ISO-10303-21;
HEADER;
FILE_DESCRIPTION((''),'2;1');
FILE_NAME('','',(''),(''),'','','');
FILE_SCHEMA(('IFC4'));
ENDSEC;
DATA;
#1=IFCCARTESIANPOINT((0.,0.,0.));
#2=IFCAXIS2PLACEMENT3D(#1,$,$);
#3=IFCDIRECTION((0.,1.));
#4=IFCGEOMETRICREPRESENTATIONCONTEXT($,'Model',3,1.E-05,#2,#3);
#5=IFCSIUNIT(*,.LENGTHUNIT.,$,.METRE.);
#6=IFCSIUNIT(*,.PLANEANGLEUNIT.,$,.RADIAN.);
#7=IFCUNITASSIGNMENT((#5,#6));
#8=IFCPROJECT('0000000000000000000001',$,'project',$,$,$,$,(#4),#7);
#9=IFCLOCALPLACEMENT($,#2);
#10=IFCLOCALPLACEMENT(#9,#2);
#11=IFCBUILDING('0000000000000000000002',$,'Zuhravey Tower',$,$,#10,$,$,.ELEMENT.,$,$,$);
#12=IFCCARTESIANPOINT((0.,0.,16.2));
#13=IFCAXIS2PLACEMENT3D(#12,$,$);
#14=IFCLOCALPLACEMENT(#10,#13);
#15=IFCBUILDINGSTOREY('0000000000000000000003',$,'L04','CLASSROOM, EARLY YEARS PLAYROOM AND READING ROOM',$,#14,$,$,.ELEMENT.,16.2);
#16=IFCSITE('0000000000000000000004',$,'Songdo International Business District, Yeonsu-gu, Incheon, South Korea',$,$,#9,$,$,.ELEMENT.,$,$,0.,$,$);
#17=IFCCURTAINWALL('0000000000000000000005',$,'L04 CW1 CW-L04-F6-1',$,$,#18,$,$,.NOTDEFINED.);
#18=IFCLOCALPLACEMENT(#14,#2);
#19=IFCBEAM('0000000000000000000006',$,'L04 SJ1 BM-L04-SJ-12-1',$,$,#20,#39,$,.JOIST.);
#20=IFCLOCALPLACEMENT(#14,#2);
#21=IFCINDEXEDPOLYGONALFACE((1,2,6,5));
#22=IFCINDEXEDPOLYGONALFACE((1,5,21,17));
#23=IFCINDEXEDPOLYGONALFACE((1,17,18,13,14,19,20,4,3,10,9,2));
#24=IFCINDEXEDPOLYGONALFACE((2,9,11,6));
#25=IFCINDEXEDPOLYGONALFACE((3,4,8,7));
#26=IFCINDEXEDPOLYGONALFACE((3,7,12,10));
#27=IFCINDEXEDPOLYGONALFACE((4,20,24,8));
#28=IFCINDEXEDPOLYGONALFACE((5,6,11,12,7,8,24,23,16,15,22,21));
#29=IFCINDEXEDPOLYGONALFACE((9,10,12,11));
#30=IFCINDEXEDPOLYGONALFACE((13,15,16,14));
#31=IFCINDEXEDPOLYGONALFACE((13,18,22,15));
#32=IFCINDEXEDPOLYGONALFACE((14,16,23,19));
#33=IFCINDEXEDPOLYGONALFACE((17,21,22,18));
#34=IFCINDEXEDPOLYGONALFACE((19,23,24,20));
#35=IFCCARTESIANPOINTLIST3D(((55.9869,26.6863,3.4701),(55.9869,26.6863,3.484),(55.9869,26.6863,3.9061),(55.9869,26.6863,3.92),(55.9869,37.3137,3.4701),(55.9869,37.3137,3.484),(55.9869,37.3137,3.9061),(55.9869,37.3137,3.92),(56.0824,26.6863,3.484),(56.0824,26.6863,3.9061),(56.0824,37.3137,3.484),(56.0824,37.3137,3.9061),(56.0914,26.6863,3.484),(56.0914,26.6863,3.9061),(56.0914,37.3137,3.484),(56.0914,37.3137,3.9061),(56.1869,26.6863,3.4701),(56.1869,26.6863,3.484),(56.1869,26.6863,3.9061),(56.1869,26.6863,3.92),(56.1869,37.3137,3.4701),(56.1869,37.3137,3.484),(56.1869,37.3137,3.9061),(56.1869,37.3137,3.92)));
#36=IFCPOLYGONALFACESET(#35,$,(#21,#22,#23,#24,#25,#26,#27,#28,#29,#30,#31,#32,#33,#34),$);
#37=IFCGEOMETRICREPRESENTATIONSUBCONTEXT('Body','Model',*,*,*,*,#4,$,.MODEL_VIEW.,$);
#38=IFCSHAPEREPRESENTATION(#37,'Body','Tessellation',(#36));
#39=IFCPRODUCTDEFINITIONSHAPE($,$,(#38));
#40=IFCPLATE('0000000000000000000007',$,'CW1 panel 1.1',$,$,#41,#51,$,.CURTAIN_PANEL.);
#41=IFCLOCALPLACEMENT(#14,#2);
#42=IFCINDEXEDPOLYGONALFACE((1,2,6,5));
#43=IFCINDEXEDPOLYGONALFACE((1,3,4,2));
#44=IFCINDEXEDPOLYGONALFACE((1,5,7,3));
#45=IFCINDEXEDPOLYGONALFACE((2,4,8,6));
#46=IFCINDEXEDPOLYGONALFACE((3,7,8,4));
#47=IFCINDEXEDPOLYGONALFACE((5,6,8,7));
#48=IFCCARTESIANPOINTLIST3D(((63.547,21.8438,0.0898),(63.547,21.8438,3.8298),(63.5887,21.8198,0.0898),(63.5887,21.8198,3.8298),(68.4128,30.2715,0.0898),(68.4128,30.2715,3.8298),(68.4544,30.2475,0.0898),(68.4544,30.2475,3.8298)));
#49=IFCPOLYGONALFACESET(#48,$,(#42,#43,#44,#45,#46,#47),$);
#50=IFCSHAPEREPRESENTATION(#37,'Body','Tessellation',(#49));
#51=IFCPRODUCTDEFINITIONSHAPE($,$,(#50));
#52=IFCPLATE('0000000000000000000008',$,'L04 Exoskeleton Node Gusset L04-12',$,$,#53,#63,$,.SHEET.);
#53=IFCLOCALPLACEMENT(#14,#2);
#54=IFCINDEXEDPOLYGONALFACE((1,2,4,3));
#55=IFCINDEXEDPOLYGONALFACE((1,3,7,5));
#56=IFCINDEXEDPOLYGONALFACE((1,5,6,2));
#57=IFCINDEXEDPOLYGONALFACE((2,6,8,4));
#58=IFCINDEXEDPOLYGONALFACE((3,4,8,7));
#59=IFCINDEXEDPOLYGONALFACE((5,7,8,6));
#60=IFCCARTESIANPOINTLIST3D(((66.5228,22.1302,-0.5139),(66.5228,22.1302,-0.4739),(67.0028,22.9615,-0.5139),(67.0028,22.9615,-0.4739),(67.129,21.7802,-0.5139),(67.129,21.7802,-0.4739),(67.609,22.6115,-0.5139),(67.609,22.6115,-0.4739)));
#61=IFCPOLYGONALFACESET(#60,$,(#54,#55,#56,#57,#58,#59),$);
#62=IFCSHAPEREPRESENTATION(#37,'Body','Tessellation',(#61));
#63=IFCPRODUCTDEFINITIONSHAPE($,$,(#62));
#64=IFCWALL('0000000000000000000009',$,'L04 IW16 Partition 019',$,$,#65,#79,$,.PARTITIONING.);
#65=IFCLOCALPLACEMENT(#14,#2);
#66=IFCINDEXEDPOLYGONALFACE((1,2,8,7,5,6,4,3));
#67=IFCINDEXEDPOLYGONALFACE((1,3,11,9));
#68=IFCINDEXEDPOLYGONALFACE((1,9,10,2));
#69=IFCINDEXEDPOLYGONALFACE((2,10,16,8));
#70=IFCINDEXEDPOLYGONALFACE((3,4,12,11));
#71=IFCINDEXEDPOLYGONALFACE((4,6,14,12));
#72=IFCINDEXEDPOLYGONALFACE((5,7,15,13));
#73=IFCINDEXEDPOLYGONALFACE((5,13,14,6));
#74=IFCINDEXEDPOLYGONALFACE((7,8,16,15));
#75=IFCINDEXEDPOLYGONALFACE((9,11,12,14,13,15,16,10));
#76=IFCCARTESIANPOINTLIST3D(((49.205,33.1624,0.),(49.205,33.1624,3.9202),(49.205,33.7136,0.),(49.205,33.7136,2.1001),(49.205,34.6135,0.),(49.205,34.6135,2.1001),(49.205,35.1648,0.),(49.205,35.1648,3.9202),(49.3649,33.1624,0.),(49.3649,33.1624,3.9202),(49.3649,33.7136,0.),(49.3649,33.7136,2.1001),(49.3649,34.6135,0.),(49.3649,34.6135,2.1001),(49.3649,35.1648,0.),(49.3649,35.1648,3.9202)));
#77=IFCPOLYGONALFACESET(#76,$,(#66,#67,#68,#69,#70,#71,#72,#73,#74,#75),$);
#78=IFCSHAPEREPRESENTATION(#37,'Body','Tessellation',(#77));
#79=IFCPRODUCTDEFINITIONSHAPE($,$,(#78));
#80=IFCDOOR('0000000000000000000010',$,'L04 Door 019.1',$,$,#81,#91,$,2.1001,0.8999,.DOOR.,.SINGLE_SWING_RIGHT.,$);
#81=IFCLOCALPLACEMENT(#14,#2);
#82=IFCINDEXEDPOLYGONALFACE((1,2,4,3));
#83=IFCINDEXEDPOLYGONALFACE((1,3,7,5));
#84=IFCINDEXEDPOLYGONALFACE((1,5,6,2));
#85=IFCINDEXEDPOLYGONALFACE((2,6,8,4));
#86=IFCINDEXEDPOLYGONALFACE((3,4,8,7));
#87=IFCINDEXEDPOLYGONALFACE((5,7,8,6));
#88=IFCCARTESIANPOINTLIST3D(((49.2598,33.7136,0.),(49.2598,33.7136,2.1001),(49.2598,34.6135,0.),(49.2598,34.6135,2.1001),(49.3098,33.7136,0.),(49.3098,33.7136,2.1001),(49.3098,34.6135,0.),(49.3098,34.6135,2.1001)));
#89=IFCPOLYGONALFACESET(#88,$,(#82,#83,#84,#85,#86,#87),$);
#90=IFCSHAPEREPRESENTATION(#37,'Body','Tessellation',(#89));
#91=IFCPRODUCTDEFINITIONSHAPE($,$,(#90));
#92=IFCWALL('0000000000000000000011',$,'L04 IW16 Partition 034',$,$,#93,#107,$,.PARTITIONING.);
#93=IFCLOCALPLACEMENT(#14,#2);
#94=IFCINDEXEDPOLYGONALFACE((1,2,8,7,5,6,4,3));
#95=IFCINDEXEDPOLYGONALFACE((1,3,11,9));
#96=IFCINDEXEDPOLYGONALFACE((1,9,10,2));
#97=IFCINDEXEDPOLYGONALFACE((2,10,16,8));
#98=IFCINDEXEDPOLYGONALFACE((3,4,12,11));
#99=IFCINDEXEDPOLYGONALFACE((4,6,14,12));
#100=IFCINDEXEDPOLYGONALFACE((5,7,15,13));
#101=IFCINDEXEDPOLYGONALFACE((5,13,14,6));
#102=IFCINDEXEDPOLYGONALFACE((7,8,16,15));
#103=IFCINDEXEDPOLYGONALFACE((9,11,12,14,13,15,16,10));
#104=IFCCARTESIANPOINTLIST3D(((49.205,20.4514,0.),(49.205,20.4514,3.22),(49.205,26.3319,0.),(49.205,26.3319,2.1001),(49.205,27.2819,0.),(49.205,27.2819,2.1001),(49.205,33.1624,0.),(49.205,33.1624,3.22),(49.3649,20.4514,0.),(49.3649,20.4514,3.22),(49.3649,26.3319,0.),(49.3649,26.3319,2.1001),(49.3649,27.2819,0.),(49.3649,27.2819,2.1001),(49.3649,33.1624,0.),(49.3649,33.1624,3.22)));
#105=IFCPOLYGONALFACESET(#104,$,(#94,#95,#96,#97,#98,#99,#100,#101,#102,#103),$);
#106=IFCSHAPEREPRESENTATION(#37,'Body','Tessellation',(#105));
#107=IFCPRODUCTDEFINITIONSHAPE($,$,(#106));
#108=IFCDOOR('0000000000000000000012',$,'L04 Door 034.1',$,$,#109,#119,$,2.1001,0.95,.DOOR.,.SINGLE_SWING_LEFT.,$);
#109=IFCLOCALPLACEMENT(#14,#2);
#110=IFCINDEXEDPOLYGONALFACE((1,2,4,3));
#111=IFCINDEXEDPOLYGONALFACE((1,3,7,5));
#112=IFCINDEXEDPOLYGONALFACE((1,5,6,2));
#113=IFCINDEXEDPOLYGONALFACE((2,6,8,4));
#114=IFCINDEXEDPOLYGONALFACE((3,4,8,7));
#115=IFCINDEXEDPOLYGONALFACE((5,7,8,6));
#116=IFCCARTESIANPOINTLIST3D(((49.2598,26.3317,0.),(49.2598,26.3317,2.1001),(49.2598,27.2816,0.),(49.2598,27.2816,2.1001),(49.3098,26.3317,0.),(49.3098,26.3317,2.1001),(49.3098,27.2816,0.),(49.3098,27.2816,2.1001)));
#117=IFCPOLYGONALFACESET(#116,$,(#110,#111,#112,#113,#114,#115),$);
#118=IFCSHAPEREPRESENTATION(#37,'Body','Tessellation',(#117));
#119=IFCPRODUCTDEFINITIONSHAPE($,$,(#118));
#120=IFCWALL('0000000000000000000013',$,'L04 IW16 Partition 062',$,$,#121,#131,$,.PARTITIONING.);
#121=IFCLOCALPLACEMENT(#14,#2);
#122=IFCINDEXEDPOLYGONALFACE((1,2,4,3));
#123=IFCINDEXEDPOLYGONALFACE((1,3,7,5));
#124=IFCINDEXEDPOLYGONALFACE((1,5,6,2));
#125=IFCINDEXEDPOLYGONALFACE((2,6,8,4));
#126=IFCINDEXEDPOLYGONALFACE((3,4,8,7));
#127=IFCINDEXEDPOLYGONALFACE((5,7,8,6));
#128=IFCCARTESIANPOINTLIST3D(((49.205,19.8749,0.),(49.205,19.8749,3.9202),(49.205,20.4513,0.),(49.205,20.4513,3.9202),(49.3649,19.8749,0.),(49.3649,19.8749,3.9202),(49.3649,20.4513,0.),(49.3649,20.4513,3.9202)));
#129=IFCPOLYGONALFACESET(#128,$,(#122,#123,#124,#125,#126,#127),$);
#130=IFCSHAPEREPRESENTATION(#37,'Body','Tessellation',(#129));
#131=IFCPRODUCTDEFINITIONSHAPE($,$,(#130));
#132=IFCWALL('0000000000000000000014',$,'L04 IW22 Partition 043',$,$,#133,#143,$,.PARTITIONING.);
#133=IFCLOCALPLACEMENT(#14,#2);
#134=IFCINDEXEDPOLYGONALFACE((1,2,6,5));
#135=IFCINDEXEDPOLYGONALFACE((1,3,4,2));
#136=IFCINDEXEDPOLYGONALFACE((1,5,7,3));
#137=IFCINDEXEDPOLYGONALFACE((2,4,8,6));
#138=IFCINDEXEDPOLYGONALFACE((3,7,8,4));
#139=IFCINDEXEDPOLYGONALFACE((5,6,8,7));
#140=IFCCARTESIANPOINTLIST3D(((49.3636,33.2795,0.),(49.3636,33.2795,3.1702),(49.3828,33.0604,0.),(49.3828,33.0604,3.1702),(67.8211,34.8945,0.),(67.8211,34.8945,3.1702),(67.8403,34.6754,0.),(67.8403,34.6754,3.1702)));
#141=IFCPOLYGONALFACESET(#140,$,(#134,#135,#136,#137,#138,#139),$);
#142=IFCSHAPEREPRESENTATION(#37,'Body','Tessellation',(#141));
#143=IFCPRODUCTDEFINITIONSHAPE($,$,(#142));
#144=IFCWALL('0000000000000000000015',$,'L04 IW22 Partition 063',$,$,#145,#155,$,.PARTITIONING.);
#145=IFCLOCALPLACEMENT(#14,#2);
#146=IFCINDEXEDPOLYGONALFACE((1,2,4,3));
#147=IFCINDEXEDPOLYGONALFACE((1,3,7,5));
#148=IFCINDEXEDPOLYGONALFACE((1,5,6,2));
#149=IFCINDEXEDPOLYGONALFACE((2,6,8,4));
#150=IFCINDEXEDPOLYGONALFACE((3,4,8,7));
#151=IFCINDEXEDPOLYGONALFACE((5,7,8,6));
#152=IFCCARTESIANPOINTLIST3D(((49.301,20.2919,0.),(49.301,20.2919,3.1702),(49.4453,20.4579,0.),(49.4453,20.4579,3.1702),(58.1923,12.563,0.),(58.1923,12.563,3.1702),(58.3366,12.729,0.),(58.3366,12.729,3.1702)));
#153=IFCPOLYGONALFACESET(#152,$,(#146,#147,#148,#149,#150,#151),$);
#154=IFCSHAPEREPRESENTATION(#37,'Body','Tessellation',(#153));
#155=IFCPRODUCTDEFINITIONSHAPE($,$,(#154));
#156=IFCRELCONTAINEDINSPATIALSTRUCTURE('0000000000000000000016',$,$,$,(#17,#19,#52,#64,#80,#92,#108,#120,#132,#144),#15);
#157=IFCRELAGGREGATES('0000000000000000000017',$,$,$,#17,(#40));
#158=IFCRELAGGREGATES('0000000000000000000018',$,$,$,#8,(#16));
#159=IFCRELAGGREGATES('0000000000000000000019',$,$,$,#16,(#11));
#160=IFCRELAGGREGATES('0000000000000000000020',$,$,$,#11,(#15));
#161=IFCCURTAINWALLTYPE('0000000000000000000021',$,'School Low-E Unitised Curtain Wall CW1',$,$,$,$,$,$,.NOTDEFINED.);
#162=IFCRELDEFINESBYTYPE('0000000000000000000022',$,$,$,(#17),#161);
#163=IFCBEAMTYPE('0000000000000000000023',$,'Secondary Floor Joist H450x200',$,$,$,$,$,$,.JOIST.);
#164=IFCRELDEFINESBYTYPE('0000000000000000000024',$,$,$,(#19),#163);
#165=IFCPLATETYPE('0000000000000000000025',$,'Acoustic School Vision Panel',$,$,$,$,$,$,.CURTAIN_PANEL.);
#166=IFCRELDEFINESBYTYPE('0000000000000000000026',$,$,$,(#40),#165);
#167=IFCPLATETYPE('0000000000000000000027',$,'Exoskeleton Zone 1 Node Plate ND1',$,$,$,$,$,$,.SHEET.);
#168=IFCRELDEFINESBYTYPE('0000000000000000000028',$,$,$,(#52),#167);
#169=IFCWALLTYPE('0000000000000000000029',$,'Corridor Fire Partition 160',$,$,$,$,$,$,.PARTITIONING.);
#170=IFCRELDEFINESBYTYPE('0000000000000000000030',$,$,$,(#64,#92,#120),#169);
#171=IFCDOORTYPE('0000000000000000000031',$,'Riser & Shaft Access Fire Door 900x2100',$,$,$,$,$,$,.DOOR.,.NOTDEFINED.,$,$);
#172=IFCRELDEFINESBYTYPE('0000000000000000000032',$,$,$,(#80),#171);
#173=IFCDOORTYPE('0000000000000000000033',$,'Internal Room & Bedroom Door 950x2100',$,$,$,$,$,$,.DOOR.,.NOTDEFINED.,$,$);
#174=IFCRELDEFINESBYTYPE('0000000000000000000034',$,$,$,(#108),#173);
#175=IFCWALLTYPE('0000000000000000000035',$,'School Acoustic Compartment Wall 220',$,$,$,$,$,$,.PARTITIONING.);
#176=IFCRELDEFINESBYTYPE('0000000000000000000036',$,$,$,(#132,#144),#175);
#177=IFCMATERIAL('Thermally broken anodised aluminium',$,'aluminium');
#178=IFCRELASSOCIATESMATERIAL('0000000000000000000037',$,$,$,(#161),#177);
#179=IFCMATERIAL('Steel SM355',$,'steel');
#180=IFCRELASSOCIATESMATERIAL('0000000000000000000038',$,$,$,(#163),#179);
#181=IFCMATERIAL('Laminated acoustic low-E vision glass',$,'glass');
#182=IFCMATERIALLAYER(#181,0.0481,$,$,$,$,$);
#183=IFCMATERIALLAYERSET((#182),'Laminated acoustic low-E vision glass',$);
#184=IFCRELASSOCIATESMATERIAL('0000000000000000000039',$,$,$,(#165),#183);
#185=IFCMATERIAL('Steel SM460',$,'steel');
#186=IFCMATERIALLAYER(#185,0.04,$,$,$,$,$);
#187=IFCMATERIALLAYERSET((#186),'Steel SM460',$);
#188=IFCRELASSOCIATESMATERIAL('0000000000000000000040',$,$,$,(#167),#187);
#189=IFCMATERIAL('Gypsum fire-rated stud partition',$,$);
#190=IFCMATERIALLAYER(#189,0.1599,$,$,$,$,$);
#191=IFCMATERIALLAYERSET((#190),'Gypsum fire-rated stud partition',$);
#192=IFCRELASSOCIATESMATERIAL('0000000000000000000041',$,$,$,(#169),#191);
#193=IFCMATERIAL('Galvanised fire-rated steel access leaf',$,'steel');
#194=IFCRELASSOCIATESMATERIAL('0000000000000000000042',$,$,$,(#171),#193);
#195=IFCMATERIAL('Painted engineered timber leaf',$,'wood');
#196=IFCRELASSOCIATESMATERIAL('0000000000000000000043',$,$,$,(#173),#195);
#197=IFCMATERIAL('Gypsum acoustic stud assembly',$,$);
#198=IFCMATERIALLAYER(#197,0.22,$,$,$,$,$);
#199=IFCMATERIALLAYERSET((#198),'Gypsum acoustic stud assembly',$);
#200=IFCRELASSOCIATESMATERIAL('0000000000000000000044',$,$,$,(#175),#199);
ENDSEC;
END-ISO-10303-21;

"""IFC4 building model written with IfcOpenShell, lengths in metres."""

from ifc_helpers import new_model, si_unit, direction, frame, frame_2d, origin, origin_2d, place, context, subcontext, project, spatial, rectangle, i_section, extrude, material, layer, layer_set, material_profile, profile_set, type_object, element, fill, aggregate, save


model = new_model("IFC4")

# Units and contexts
model_context = context("Model", 3, precision=1e-05, world=origin(), true_north=direction((0.0, 1.0)))
body_context = subcontext(model_context, "Body", "Model", "MODEL_VIEW")
ifc_project = project(units=[si_unit("LENGTHUNIT", "METRE"), si_unit("PLANEANGLEUNIT", "RADIAN")], contexts=[model_context])

# Site, building, storey
site_placement = place(None, origin())
site = spatial("IfcSite", under=ifc_project, at=site_placement, Name="Songdo International Business District, Yeonsu-gu, Incheon, South Korea", CompositionType="ELEMENT", RefElevation=0.0)
building_placement = place(site_placement, origin())
building = spatial("IfcBuilding", under=site, at=building_placement, Name="Zuhravey Tower", CompositionType="ELEMENT")
storey_placement = place(building_placement, frame((0.0, 0.0, 16.2)))
storey = spatial("IfcBuildingStorey", under=building, at=storey_placement, Name="L04", Description="CLASSROOM, EARLY YEARS PLAYROOM AND READING ROOM", CompositionType="ELEMENT", Elevation=16.2)

# Curtain wall
ifc_material_1 = material(Name="Thermally broken anodised aluminium", Category="aluminium")
curtain_wall_type = type_object("IfcCurtainWallType", Name="School Low-E Unitised Curtain Wall CW1", PredefinedType="NOTDEFINED", material=ifc_material_1)
curtain_wall_1_placement = place(storey_placement, origin())
curtain_wall_1 = element("IfcCurtainWall", 1, at=curtain_wall_1_placement, inside=storey, type_object=curtain_wall_type, Name="L04 CW1 CW-L04-F6-1", PredefinedType="NOTDEFINED")

# Shared definitions
ifc_material_2 = material(Name="Steel SM460", Category="steel")

# Beam
ifc_material_3 = material(Name="Steel SM355", Category="steel")
ifc_material_profile_1 = material_profile(ifc_material_3, i_section(OverallWidth=0.2, OverallDepth=0.45, WebThickness=0.009, FlangeThickness=0.0139, at=origin_2d()), Name="H-450x200x9x14")
ifc_profile_set_1 = profile_set([ifc_material_profile_1], Name="Steel SM355")
beam_type_1 = type_object("IfcBeamType", Name="Secondary Floor Joist H450x200", PredefinedType="JOIST", material=ifc_profile_set_1)
beam_1_placement = place(storey_placement, frame((56.0869, 26.6863, 3.6951), z_axis=(0.0, 1.0, 0.0), x_axis=(-1.0, 0.0, 0.0)))
element("IfcBeam", 2, at=beam_1_placement, inside=storey, type_object=beam_type_1, Name="L04 SJ1 BM-L04-SJ-12-1", PredefinedType="JOIST", context=body_context, shape_type="SweptSolid", body=[
    extrude(i_section(OverallWidth=0.2, OverallDepth=0.45, WebThickness=0.009, FlangeThickness=0.0139, at=origin_2d()), origin(), (0.0, 0.0, 1.0), 10.6274),
])

# Plates
ifc_material_4 = material(Name="Laminated acoustic low-E vision glass", Category="glass")
ifc_layer_1 = layer(ifc_material_4, 0.0481)
ifc_layer_set_1 = layer_set([ifc_layer_1], Name="Laminated acoustic low-E vision glass")
plate_type_1 = type_object("IfcPlateType", Name="Acoustic School Vision Panel", PredefinedType="CURTAIN_PANEL", material=ifc_layer_set_1)
plate_1_placement = place(storey_placement, frame((66.0007, 26.0457, 0.0898), z_axis=(0.0, 0.0, 1.0), x_axis=(-0.5, -0.866026, 0.0)))
plate_1 = element("IfcPlate", 3, at=plate_1_placement, type_object=plate_type_1, Name="CW1 panel 1.1", PredefinedType="CURTAIN_PANEL", context=body_context, shape_type="SweptSolid", body=[
    extrude(rectangle(XDim=9.7314, YDim=0.0481, at=origin_2d()), origin(), (0.0, 0.0, 1.0), 3.74),
])
aggregate(curtain_wall_1, [plate_1])
ifc_layer_2 = layer(ifc_material_2, 0.04)
ifc_layer_set_2 = layer_set([ifc_layer_2], Name="Steel SM460")
plate_type_2 = type_object("IfcPlateType", Name="Exoskeleton Zone 1 Node Plate ND1", PredefinedType="SHEET", material=ifc_layer_set_2)
plate_2_placement = place(storey_placement, frame((67.0659, 22.3708, -0.5139), z_axis=(0.0, 0.0, 1.0), x_axis=(0.5, 0.866025, 0.0)))
element("IfcPlate", 4, at=plate_2_placement, inside=storey, type_object=plate_type_2, Name="L04 Exoskeleton Node Gusset L04-12", PredefinedType="SHEET", context=body_context, shape_type="SweptSolid", body=[
    extrude(rectangle(XDim=0.96, YDim=0.7, at=origin_2d()), origin(), (0.0, 0.0, 1.0), 0.04),
])

# Walls, openings, doors
ifc_material_5 = material(Name="Gypsum fire-rated stud partition")
ifc_layer_3 = layer(ifc_material_5, 0.1599)
ifc_layer_set_3 = layer_set([ifc_layer_3], Name="Gypsum fire-rated stud partition")
wall_type_1 = type_object("IfcWallType", Name="Corridor Fire Partition 160", PredefinedType="PARTITIONING", material=ifc_layer_set_3)
wall_1_placement = place(storey_placement, frame((49.2849, 33.1624, 0.0), z_axis=(0.0, 0.0, 1.0), x_axis=(0.0, 1.0, 0.0)))
wall_1 = element("IfcWall", 5, at=wall_1_placement, inside=storey, type_object=wall_type_1, Name="L04 IW16 Partition 019", PredefinedType="PARTITIONING", context=body_context, shape_type="SweptSolid", body=[
    extrude(rectangle(XDim=2.0024, YDim=0.1599, at=frame_2d((1.0012, 0.0))), origin(), (0.0, 0.0, 1.0), 3.9202),
])
opening_1_placement = place(wall_1_placement, frame((0.5513, 0.0, 0.0)))
opening_1 = element("IfcOpeningElement", 6, at=opening_1_placement, cuts=wall_1, PredefinedType="OPENING", context=body_context, shape_type="SweptSolid", body=[
    extrude(rectangle(XDim=0.8999, YDim=2.1001, at=frame_2d((0.45, 1.05))), frame((0.0, 0.092, 0.0), z_axis=(0.0, -1.0, 0.0), x_axis=(1.0, 0.0, 0.0)), (0.0, 0.0, 1.0), 0.1838),
])
ifc_material_6 = material(Name="Galvanised fire-rated steel access leaf", Category="steel")
door_type_1 = type_object("IfcDoorType", Name="Riser & Shaft Access Fire Door 900x2100", OperationType="NOTDEFINED", PredefinedType="DOOR", material=ifc_material_6)
door_1_placement = place(opening_1_placement, frame((0.8999, 0.0, 0.0), z_axis=(0.0, 0.0, 1.0), x_axis=(-1.0, 0.0, 0.0)))
door_1 = element("IfcDoor", 7, at=door_1_placement, inside=storey, type_object=door_type_1, Name="L04 Door 019.1", OperationType="SINGLE_SWING_RIGHT", OverallHeight=2.1001, OverallWidth=0.8999, PredefinedType="DOOR", context=body_context, shape_type="SweptSolid", body=[
    extrude(rectangle(XDim=0.8999, YDim=2.1001, at=frame_2d((0.45, 1.05))), frame((0.0, 0.0249, 0.0), z_axis=(0.0, -1.0, 0.0), x_axis=(1.0, 0.0, 0.0)), (0.0, 0.0, 1.0), 0.05),
])
fill(opening_1, door_1)
wall_2_placement = place(storey_placement, frame((49.2849, 20.4514, 0.0), z_axis=(0.0, 0.0, 1.0), x_axis=(0.0, 1.0, 0.0)))
wall_2 = element("IfcWall", 8, at=wall_2_placement, inside=storey, type_object=wall_type_1, Name="L04 IW16 Partition 034", PredefinedType="PARTITIONING", context=body_context, shape_type="SweptSolid", body=[
    extrude(rectangle(XDim=12.7109, YDim=0.1599, at=frame_2d((6.3555, 0.0))), origin(), (0.0, 0.0, 1.0), 3.22),
])
opening_2_placement = place(wall_2_placement, frame((5.8804, 0.0, 0.0)))
opening_2 = element("IfcOpeningElement", 9, at=opening_2_placement, cuts=wall_2, PredefinedType="OPENING", context=body_context, shape_type="SweptSolid", body=[
    extrude(rectangle(XDim=0.95, YDim=2.1001, at=frame_2d((0.4751, 1.05))), frame((0.0, 0.092, 0.0), z_axis=(0.0, -1.0, 0.0), x_axis=(1.0, 0.0, 0.0)), (0.0, 0.0, 1.0), 0.1838),
])
ifc_material_7 = material(Name="Painted engineered timber leaf", Category="wood")
door_type_2 = type_object("IfcDoorType", Name="Internal Room & Bedroom Door 950x2100", OperationType="NOTDEFINED", PredefinedType="DOOR", material=ifc_material_7)
door_2_placement = place(opening_2_placement, frame((0.95, 0.0, 0.0), z_axis=(0.0, 0.0, 1.0), x_axis=(-1.0, 0.0, 0.0)))
door_2 = element("IfcDoor", 10, at=door_2_placement, inside=storey, type_object=door_type_2, Name="L04 Door 034.1", OperationType="SINGLE_SWING_LEFT", OverallHeight=2.1001, OverallWidth=0.95, PredefinedType="DOOR", context=body_context, shape_type="SweptSolid", body=[
    extrude(rectangle(XDim=0.95, YDim=2.1001, at=frame_2d((0.4751, 1.05))), frame((0.0, 0.0249, 0.0), z_axis=(0.0, -1.0, 0.0), x_axis=(1.0, 0.0, 0.0)), (0.0, 0.0, 1.0), 0.05),
])
fill(opening_2, door_2)

# Walls
wall_3_placement = place(storey_placement, frame((49.2849, 19.875, 0.0), z_axis=(0.0, 0.0, 1.0), x_axis=(0.0, 1.0, 0.0)))
element("IfcWall", 11, at=wall_3_placement, inside=storey, type_object=wall_type_1, Name="L04 IW16 Partition 062", PredefinedType="PARTITIONING", context=body_context, shape_type="SweptSolid", body=[
    extrude(rectangle(XDim=0.5764, YDim=0.1599, at=frame_2d((0.2881, 0.0))), origin(), (0.0, 0.0, 1.0), 3.9202),
])
ifc_material_8 = material(Name="Gypsum acoustic stud assembly")
ifc_layer_4 = layer(ifc_material_8, 0.22)
ifc_layer_set_4 = layer_set([ifc_layer_4], Name="Gypsum acoustic stud assembly")
wall_type_2 = type_object("IfcWallType", Name="School Acoustic Compartment Wall 220", PredefinedType="PARTITIONING", material=ifc_layer_set_4)
wall_4_placement = place(storey_placement, frame((49.373, 33.1699, 0.0), z_axis=(0.0, 0.0, 1.0), x_axis=(0.996194, 0.087165, 0.0)))
element("IfcWall", 12, at=wall_4_placement, inside=storey, type_object=wall_type_2, Name="L04 IW22 Partition 043", PredefinedType="PARTITIONING", context=body_context, shape_type="SweptSolid", body=[
    extrude(rectangle(XDim=18.5281, YDim=0.22, at=frame_2d((9.2642, 0.0))), origin(), (0.0, 0.0, 1.0), 3.1702),
])
wall_5_placement = place(storey_placement, frame((49.373, 20.375, 0.0), z_axis=(0.0, 0.0, 1.0), x_axis=(0.754715, -0.656052, 0.0)))
element("IfcWall", 13, at=wall_5_placement, inside=storey, type_object=wall_type_2, Name="L04 IW22 Partition 063", PredefinedType="PARTITIONING", context=body_context, shape_type="SweptSolid", body=[
    extrude(rectangle(XDim=11.781, YDim=0.22, at=frame_2d((5.8906, 0.0))), origin(), (0.0, 0.0, 1.0), 3.1702),
])

save(model, "model.ifc")
